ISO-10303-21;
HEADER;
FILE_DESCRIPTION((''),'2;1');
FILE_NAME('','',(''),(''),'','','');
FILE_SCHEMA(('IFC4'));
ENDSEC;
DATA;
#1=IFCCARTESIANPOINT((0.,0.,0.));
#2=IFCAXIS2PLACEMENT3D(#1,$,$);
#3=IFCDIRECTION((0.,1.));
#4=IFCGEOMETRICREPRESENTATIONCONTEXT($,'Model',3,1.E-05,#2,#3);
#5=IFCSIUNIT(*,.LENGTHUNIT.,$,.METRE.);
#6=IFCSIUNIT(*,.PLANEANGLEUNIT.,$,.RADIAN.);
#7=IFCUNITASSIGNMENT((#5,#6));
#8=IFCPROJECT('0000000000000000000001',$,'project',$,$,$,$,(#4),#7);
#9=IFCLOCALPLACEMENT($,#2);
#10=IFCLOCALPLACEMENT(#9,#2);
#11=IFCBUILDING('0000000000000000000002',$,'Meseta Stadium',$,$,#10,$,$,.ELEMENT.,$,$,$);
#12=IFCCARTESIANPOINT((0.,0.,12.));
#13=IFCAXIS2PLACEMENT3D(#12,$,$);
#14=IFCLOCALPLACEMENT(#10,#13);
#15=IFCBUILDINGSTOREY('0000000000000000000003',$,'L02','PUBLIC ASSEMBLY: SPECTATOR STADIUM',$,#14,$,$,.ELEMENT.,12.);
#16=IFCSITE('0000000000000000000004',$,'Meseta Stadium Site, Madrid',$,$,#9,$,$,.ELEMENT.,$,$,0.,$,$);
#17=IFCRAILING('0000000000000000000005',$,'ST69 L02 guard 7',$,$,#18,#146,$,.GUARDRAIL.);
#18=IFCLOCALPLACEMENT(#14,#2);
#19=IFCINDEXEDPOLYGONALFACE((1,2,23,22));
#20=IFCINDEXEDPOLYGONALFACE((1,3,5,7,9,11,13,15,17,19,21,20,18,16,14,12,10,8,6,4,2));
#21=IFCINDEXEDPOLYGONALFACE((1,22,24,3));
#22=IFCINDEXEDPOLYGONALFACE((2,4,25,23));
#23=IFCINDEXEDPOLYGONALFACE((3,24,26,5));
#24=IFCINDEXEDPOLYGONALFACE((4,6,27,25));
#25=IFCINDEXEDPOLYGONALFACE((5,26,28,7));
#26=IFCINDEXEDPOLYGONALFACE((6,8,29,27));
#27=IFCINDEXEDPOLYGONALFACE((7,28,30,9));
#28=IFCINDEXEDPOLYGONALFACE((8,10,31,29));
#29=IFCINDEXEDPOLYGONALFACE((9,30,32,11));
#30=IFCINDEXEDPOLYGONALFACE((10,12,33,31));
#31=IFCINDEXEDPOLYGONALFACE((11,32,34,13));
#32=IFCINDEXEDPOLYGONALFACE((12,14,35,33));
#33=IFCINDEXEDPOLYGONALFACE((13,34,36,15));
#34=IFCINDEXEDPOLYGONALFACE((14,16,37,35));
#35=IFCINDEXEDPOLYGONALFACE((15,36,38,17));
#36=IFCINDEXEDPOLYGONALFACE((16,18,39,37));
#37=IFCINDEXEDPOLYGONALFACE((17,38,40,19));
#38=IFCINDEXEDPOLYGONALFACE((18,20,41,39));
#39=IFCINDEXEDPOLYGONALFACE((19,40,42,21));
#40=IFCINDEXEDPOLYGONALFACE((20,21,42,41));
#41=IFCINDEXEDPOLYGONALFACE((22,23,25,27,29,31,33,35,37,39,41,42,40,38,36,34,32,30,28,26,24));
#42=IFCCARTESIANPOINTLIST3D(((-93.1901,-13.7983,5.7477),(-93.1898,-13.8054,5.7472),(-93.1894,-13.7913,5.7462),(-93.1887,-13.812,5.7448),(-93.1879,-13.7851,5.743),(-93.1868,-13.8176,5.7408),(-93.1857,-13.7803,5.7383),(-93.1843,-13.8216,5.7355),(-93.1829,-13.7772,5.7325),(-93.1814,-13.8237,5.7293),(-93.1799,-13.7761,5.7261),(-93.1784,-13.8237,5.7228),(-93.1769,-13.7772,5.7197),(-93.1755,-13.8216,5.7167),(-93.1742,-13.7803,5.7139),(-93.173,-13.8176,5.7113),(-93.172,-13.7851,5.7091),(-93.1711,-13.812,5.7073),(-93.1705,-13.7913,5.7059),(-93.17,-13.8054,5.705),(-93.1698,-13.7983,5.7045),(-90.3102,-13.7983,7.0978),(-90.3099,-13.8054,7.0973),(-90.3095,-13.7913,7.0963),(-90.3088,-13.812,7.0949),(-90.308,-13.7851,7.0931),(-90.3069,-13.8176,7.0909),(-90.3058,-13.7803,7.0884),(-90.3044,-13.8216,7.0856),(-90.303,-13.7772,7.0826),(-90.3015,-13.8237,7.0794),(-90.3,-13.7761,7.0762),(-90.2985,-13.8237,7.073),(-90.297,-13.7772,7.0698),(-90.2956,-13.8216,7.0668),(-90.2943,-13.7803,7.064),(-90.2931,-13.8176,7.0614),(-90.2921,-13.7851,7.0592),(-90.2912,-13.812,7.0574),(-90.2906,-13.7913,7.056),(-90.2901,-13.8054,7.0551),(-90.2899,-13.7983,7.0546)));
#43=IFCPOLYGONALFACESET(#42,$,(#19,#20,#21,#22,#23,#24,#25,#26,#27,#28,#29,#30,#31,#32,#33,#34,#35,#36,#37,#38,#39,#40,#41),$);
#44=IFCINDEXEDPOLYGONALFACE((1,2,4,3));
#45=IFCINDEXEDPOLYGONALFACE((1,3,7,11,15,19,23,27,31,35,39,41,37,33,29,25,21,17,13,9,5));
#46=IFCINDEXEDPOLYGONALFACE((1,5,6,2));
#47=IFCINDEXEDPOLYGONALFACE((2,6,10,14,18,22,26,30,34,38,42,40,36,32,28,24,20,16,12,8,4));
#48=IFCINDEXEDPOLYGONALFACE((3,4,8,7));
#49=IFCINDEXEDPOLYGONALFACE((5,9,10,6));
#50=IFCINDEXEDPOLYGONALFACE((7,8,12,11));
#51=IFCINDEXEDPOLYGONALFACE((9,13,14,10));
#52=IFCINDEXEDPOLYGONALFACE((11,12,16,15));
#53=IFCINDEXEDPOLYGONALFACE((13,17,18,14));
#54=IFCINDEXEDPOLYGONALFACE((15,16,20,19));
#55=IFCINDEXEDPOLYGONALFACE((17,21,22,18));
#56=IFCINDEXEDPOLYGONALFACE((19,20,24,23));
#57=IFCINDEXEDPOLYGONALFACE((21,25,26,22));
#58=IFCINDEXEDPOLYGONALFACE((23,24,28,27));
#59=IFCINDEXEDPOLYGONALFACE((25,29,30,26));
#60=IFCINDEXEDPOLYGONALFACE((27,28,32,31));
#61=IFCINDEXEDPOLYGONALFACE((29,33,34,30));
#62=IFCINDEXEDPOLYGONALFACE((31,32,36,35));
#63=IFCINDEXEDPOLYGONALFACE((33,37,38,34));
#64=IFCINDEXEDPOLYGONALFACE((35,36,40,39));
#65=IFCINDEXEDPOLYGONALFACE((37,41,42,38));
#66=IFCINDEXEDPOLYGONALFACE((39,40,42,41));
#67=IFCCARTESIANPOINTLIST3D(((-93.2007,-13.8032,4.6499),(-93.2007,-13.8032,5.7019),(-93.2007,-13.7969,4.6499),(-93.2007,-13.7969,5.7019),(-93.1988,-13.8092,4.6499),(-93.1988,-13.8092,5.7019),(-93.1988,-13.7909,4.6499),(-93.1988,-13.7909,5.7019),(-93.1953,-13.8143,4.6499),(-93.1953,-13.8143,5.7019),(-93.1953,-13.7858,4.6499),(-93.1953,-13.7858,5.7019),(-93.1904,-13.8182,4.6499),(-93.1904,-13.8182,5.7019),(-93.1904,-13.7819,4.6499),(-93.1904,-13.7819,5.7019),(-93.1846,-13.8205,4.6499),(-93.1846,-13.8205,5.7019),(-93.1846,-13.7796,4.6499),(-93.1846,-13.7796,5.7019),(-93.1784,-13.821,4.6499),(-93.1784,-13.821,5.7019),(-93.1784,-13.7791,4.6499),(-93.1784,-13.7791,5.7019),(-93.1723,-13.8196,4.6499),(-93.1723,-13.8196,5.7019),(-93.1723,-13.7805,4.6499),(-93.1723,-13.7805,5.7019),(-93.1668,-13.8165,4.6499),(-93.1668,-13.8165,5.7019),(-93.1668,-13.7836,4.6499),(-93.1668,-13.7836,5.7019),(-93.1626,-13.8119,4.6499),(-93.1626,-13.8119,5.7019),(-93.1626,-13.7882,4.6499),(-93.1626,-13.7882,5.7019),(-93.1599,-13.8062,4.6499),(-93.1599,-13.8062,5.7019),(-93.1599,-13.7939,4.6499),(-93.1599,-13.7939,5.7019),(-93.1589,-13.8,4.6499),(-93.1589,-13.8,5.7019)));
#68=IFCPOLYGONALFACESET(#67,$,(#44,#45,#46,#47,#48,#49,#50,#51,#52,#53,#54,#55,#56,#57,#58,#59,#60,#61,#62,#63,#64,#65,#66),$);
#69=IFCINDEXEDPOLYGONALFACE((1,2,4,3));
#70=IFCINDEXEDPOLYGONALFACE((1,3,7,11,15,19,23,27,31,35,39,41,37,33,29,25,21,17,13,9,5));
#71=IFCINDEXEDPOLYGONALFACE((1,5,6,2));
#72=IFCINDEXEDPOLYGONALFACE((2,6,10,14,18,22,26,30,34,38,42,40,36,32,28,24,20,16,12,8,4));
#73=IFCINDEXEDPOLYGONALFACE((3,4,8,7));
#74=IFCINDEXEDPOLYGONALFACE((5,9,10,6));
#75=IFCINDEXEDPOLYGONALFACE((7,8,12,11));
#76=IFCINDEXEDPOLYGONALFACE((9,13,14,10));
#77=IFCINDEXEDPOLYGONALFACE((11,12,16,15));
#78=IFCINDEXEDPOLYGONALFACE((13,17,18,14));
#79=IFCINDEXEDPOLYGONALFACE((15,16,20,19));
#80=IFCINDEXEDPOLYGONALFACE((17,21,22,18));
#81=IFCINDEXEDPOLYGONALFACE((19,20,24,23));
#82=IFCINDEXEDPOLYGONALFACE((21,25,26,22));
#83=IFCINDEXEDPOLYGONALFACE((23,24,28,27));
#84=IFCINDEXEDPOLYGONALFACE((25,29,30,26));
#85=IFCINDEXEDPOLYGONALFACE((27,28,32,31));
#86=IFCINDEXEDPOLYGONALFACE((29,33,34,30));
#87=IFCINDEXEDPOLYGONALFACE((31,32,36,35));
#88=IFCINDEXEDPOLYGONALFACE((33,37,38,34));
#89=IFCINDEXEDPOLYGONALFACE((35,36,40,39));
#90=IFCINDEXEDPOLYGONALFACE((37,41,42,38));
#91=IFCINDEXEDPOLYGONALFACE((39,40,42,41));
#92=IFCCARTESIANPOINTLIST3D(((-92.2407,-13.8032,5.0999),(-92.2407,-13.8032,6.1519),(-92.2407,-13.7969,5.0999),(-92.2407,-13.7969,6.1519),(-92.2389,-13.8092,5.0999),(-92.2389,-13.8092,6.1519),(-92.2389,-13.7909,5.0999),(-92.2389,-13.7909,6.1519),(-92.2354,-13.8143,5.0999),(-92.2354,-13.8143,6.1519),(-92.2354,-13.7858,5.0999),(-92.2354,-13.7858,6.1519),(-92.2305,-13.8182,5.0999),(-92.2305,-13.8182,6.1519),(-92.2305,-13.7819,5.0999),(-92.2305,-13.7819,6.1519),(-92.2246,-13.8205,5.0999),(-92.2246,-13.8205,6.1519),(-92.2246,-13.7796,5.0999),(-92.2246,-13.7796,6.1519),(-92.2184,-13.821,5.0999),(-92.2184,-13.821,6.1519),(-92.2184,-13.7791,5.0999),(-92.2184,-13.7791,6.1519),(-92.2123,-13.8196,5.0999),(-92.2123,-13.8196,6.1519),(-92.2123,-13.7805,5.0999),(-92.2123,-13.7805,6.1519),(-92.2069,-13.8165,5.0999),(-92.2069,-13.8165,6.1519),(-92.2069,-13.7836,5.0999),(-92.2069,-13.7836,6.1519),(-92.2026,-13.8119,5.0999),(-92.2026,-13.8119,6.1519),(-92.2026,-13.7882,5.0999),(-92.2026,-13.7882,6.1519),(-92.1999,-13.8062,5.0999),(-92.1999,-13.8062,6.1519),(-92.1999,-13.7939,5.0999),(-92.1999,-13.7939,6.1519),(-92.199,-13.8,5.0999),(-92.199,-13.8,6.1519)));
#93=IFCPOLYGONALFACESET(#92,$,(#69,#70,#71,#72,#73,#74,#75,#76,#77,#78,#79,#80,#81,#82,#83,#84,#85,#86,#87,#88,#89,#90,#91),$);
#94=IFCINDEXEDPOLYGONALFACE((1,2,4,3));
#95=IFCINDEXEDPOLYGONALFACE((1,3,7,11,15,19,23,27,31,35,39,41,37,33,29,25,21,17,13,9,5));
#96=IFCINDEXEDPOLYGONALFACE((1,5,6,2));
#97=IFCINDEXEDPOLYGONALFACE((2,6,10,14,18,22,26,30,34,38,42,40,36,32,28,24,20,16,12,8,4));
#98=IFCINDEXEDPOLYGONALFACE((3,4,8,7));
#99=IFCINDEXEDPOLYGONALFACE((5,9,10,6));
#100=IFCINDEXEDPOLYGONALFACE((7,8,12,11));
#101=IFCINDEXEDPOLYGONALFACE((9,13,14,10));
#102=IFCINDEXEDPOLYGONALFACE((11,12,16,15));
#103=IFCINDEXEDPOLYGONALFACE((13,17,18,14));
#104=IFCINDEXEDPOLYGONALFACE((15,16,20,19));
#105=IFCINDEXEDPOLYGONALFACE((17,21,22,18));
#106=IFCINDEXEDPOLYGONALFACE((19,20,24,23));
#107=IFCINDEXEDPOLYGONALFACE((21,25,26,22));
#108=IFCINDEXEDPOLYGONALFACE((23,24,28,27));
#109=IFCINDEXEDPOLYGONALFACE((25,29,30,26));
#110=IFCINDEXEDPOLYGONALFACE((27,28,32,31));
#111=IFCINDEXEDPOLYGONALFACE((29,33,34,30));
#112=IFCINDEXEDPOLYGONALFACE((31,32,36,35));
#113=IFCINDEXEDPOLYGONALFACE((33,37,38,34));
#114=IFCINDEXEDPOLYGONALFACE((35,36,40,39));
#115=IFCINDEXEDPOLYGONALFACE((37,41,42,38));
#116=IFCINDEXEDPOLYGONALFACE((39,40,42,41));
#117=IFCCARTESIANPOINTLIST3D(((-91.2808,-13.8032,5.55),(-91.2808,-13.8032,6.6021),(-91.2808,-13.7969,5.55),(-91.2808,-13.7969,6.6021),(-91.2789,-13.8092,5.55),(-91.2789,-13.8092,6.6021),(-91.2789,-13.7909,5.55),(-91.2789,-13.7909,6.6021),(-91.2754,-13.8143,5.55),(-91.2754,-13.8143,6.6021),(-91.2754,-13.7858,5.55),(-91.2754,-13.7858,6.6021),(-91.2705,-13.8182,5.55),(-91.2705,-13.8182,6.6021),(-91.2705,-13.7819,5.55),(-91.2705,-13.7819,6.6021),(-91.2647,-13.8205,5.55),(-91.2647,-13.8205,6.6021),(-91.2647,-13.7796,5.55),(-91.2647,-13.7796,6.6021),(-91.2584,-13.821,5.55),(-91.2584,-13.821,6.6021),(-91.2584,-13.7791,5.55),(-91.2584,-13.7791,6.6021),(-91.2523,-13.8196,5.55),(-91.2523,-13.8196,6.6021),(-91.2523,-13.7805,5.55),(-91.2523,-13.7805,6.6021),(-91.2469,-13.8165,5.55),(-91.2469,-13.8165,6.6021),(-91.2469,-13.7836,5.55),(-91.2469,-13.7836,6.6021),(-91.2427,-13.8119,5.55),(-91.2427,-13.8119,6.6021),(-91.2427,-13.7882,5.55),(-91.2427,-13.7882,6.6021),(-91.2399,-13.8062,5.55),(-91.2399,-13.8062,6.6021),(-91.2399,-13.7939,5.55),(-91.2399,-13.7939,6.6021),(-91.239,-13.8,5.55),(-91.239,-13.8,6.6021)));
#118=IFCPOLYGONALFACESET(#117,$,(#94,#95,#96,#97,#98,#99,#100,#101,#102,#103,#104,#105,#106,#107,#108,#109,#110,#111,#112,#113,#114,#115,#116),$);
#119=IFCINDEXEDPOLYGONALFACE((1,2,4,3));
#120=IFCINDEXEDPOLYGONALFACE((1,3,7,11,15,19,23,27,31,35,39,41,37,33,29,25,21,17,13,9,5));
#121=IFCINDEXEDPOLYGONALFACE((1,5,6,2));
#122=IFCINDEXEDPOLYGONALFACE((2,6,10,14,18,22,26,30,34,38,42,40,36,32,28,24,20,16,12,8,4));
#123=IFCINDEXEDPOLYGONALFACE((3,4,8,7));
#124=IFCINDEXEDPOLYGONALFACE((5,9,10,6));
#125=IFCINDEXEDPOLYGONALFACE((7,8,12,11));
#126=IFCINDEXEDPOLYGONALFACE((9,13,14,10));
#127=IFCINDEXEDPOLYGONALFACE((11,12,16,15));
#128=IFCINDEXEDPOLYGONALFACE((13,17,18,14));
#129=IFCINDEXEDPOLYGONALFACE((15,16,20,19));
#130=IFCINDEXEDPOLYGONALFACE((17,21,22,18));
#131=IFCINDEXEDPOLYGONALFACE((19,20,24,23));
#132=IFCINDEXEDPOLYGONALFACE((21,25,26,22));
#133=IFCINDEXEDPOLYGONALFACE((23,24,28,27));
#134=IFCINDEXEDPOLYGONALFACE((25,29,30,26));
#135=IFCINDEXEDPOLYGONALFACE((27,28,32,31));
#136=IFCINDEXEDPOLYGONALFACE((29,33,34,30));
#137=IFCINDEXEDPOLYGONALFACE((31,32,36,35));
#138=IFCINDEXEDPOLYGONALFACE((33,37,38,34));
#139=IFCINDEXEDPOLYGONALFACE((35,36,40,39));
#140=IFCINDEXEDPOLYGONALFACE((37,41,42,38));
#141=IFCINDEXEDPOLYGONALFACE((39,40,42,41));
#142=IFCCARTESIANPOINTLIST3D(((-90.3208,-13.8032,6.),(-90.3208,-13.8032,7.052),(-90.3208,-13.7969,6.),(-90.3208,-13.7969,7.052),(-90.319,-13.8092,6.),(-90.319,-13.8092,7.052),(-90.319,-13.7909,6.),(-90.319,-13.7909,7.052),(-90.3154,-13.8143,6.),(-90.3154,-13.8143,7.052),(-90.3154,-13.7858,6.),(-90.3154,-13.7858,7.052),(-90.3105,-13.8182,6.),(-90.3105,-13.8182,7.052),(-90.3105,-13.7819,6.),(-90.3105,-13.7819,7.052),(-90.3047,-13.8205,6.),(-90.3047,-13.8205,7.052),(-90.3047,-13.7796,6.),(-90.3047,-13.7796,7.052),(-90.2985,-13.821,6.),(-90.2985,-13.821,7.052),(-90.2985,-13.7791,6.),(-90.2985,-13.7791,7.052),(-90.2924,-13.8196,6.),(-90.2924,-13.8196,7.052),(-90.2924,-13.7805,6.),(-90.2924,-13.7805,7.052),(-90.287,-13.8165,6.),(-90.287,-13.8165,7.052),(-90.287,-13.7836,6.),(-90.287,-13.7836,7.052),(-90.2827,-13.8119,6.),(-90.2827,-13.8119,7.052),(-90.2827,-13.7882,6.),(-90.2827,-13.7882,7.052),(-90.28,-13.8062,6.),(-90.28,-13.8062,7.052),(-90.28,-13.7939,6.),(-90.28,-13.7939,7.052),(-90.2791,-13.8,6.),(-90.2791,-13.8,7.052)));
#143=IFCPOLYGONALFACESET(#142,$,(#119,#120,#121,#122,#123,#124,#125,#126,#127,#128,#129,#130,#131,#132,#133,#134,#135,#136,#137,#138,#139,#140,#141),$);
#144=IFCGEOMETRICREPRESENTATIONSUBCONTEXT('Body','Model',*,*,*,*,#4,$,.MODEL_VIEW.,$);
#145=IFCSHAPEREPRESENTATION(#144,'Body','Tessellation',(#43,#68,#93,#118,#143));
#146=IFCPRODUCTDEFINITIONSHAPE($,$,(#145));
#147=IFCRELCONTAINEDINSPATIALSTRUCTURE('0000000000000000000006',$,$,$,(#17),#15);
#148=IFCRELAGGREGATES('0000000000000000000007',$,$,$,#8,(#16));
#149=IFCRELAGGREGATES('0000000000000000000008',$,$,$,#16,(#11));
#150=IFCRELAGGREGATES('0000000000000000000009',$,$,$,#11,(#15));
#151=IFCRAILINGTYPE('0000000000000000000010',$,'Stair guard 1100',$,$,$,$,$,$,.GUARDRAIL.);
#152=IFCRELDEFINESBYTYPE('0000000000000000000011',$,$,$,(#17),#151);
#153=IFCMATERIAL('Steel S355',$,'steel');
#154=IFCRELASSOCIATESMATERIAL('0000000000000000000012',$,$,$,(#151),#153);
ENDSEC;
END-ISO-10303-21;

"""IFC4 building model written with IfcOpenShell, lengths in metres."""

from ifc_helpers import new_model, si_unit, direction, frame, origin, origin_2d, place, context, subcontext, project, spatial, circle, extrude, material, type_object, element, save


model = new_model("IFC4")

# Units and contexts
model_context = context("Model", 3, precision=1e-05, world=origin(), true_north=direction((0.0, 1.0)))
body_context = subcontext(model_context, "Body", "Model", "MODEL_VIEW")
ifc_project = project(units=[si_unit("LENGTHUNIT", "METRE"), si_unit("PLANEANGLEUNIT", "RADIAN")], contexts=[model_context])

# Site, building, storey
site_placement = place(None, origin())
site = spatial("IfcSite", under=ifc_project, at=site_placement, Name="Meseta Stadium Site, Madrid", CompositionType="ELEMENT", RefElevation=0.0)
building_placement = place(site_placement, origin())
building = spatial("IfcBuilding", under=site, at=building_placement, Name="Meseta Stadium", CompositionType="ELEMENT")
storey_placement = place(building_placement, frame((0.0, 0.0, 12.0)))
storey = spatial("IfcBuildingStorey", under=building, at=storey_placement, Name="L02", Description="PUBLIC ASSEMBLY: SPECTATOR STADIUM", CompositionType="ELEMENT", Elevation=12.0)

# Railing
ifc_material_1 = material(Name="Steel S355", Category="steel")
railing_type_1 = type_object("IfcRailingType", Name="Stair guard 1100", PredefinedType="GUARDRAIL", material=ifc_material_1)
railing_1_placement = place(storey_placement, frame((-93.1799, -13.8, 4.6499)))
element("IfcRailing", 1, at=railing_1_placement, inside=storey, type_object=railing_type_1, Name="ST69 L02 guard 7", PredefinedType="GUARDRAIL", context=body_context, shape_type="SweptSolid", body=[
    extrude(circle(Radius=0.0239, at=origin_2d()), frame((0.0, 0.0, 1.0762), z_axis=(0.90544, 0.0, 0.424473), x_axis=(0.0, 1.0, 0.0)), (0.0, 0.0, 1.0), 3.1807),
    extrude(circle(Radius=0.021, at=origin_2d()), origin(), (0.0, 0.0, 1.0), 1.052),
    extrude(circle(Radius=0.021, at=origin_2d()), frame((0.96, 0.0, 0.45)), (0.0, 0.0, 1.0), 1.052),
    extrude(circle(Radius=0.021, at=origin_2d()), frame((1.9199, 0.0, 0.9001)), (0.0, 0.0, 1.0), 1.052),
    extrude(circle(Radius=0.021, at=origin_2d()), frame((2.8799, 0.0, 1.3501)), (0.0, 0.0, 1.0), 1.052),
])

save(model, "model.ifc")
